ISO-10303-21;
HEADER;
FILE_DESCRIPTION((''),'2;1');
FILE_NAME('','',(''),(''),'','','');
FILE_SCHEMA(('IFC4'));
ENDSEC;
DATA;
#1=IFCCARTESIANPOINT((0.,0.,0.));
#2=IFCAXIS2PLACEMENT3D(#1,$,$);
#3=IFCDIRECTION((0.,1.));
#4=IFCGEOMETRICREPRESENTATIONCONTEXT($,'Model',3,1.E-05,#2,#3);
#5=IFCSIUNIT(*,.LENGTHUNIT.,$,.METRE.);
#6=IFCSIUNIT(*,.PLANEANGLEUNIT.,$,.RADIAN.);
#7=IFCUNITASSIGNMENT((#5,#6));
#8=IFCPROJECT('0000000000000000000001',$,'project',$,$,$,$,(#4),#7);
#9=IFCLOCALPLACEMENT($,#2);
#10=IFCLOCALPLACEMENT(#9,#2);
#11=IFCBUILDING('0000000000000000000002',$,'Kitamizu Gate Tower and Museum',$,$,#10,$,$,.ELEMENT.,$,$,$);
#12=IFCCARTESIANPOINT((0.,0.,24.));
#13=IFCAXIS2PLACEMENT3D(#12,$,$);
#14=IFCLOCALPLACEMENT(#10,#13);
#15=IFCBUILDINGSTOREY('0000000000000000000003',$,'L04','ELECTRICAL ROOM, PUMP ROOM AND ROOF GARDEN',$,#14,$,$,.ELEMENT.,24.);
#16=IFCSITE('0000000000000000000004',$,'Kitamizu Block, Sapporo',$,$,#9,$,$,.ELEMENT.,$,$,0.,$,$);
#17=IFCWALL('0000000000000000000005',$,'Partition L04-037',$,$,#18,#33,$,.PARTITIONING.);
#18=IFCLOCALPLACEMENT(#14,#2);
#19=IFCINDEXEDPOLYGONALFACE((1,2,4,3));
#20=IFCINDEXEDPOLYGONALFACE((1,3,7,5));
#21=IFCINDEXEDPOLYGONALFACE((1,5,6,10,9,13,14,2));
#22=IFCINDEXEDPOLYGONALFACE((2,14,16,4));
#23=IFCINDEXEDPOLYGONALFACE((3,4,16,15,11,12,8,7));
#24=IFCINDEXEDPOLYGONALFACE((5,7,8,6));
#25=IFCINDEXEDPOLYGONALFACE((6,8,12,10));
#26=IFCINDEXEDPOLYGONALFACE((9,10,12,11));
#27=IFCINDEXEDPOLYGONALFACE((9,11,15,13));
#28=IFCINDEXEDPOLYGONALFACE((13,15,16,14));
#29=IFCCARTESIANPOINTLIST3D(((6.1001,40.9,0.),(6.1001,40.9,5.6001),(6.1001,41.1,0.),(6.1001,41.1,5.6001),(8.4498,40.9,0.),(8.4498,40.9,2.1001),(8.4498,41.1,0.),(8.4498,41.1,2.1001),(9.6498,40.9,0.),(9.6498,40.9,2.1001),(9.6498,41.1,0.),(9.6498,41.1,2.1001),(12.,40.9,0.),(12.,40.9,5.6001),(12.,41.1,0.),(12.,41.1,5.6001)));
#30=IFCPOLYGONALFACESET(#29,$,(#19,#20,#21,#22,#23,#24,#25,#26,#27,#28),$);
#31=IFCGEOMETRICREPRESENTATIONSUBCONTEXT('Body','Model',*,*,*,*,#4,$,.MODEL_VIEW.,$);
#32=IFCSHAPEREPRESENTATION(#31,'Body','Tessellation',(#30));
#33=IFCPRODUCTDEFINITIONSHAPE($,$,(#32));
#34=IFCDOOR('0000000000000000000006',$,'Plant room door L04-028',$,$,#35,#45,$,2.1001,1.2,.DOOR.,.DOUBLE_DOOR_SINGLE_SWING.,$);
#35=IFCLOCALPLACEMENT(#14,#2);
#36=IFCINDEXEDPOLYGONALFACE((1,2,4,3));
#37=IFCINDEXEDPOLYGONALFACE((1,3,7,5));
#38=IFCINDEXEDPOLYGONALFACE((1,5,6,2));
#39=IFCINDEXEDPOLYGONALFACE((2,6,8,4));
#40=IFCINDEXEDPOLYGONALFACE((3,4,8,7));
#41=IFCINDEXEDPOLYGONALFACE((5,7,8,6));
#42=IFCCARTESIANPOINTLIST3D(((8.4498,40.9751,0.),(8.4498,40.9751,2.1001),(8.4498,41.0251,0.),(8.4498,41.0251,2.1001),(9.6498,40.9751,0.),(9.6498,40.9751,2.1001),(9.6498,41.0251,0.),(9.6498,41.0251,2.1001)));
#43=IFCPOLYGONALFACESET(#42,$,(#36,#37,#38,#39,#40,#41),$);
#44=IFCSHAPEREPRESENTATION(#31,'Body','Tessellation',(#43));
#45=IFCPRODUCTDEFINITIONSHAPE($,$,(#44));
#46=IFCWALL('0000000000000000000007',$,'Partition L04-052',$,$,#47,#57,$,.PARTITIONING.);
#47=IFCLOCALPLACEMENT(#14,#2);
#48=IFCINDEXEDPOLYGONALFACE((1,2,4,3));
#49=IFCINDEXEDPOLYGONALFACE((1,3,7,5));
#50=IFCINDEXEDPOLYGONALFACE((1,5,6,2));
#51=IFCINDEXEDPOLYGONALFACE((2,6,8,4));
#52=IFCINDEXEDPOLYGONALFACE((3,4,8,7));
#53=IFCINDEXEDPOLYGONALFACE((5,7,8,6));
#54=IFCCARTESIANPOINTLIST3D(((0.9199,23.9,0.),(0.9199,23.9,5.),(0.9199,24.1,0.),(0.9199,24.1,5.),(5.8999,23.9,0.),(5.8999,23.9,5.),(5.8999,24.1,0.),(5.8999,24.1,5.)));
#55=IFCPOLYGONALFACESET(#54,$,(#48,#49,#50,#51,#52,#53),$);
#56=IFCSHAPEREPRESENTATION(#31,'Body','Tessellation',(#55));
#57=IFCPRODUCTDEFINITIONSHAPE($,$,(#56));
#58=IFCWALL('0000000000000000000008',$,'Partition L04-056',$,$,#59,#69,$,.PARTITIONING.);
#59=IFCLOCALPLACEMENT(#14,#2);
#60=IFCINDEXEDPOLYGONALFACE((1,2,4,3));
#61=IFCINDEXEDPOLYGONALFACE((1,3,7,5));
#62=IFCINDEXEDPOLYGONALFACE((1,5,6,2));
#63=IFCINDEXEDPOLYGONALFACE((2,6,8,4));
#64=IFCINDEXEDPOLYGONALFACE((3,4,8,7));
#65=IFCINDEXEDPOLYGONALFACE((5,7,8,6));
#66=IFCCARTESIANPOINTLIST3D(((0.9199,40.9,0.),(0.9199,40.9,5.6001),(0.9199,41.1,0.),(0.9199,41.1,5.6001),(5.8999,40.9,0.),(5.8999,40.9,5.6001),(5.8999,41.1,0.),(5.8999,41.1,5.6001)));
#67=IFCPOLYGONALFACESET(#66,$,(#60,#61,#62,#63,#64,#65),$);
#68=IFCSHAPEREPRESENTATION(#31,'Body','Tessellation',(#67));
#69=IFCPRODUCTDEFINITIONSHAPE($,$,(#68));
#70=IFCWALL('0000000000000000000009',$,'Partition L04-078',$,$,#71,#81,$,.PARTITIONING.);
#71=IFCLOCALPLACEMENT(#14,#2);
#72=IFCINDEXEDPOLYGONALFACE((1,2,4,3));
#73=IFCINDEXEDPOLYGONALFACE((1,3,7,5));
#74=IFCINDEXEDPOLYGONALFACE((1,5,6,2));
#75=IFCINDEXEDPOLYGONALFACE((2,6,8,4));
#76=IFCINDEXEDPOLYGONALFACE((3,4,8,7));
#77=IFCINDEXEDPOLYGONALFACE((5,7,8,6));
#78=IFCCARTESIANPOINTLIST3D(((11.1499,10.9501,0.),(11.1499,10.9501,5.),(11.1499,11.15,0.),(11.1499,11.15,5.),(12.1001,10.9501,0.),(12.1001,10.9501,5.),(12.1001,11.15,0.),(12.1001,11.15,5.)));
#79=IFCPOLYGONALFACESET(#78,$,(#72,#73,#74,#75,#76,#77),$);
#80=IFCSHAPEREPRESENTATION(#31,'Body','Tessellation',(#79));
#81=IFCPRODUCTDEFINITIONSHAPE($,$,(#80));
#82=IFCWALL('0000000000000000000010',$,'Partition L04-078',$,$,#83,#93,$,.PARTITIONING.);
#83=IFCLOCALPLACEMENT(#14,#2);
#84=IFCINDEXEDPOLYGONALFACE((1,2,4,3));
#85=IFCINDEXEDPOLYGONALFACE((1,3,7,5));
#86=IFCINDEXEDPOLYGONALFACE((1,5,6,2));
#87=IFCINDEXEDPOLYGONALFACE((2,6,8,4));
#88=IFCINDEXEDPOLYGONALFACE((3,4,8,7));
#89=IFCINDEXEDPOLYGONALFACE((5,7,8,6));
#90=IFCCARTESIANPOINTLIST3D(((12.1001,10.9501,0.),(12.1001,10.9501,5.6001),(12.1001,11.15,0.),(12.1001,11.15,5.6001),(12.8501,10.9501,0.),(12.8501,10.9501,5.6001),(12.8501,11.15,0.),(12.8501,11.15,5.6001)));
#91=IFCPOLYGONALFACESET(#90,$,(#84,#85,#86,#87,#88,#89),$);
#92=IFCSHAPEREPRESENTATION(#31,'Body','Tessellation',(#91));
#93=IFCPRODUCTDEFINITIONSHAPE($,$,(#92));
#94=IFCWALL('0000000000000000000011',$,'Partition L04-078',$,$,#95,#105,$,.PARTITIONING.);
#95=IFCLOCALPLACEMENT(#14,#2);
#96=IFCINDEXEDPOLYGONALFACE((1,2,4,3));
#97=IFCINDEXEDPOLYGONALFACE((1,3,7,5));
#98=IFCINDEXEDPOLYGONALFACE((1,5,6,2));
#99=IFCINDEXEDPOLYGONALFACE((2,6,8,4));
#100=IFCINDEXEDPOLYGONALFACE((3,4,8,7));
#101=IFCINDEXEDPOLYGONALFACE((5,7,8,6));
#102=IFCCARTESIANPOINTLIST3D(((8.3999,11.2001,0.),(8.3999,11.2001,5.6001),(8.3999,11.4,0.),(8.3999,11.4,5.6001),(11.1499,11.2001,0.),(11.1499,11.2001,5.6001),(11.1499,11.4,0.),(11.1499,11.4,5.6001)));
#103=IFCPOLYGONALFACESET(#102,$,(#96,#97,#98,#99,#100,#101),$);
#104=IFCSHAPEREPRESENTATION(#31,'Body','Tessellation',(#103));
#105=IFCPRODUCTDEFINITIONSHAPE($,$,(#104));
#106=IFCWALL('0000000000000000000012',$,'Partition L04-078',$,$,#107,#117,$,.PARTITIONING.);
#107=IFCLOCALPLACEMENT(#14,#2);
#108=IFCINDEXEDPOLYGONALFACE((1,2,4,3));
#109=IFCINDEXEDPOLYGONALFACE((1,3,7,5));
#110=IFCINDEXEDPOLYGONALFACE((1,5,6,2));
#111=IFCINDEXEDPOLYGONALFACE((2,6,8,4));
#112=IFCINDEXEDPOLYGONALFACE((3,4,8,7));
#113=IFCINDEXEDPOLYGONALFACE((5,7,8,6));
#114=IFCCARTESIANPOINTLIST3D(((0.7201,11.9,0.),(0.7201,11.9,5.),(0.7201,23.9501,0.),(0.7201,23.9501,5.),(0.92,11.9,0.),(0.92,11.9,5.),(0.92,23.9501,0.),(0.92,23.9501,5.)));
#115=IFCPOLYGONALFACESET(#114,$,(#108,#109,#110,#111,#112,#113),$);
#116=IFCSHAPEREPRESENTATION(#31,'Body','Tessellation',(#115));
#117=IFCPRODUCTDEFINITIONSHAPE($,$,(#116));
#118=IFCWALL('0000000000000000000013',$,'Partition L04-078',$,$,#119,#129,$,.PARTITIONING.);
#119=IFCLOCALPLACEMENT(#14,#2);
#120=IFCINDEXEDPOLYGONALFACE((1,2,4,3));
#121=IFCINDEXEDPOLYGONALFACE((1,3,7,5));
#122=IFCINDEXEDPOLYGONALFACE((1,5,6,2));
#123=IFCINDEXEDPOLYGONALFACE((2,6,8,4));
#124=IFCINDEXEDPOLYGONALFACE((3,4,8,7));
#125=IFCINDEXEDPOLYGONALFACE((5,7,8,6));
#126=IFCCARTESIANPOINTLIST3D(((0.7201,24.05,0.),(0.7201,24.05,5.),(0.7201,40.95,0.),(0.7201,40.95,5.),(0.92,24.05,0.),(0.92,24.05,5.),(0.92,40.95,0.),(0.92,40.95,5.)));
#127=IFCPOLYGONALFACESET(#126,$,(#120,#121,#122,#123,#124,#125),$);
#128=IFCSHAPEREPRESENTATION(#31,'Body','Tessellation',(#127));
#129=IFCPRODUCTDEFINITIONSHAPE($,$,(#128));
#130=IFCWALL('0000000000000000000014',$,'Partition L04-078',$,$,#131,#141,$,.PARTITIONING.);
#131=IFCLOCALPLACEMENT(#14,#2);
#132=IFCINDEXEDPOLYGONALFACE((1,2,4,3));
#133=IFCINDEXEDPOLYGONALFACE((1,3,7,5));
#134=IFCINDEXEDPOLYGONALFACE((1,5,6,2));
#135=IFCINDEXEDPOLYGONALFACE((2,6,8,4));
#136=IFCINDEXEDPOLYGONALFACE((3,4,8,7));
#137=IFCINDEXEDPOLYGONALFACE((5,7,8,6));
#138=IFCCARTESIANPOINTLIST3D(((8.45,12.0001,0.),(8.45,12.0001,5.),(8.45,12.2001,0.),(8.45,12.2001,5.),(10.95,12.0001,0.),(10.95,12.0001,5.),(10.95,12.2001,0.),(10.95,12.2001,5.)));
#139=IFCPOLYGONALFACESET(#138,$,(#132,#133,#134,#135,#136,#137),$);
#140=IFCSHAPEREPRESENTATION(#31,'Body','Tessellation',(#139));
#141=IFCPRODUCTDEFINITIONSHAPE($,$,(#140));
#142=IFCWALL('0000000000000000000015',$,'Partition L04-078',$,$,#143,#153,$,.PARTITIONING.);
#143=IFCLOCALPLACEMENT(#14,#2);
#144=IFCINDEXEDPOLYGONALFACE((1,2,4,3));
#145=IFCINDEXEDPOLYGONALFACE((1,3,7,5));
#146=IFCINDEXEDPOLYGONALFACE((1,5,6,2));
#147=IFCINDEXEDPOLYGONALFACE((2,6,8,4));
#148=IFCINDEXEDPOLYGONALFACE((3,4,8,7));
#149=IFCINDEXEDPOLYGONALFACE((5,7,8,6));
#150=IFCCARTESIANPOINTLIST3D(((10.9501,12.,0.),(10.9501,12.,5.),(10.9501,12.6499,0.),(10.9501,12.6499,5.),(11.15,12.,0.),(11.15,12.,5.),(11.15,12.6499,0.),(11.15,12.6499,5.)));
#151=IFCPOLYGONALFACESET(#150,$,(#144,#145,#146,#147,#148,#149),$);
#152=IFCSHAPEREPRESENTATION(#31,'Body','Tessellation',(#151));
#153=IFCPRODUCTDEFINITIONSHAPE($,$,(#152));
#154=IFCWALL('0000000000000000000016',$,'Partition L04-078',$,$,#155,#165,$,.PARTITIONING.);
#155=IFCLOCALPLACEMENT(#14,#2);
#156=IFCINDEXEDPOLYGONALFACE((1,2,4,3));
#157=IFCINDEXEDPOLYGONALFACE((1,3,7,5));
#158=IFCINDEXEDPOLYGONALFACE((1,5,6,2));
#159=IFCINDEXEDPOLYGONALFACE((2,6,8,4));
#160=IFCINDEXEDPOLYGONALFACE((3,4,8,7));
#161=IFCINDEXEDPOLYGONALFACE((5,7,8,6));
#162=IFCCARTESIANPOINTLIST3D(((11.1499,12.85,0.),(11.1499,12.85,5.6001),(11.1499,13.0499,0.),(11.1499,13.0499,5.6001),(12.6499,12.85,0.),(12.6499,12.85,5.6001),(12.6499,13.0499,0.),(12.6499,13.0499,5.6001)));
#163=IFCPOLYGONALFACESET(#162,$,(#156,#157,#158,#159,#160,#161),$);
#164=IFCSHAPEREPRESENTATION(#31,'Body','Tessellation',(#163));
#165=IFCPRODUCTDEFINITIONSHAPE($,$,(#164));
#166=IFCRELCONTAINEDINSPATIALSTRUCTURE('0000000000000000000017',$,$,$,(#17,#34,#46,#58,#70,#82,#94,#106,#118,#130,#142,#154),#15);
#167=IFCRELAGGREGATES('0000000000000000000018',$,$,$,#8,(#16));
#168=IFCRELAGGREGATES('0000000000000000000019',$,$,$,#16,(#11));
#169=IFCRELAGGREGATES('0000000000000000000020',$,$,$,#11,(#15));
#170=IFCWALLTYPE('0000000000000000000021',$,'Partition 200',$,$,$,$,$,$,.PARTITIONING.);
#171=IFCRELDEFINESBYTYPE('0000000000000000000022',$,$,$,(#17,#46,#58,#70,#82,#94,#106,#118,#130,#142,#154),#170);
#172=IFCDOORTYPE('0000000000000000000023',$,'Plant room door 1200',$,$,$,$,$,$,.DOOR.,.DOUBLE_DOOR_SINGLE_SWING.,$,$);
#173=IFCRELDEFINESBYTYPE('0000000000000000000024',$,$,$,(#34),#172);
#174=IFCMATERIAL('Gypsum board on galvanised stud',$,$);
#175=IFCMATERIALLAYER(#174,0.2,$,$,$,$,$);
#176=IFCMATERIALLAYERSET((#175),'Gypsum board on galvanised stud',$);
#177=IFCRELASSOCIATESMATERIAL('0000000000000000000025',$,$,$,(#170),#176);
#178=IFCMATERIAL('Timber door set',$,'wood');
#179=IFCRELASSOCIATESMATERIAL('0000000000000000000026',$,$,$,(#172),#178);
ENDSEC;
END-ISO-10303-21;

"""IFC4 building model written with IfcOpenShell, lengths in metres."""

from ifc_helpers import new_model, si_unit, direction, frame, frame_2d, origin, place, context, subcontext, project, spatial, rectangle, extrude, material, layer, layer_set, type_object, element, fill, save


model = new_model("IFC4")

# Units and contexts
model_context = context("Model", 3, precision=1e-05, world=origin(), true_north=direction((0.0, 1.0)))
body_context = subcontext(model_context, "Body", "Model", "MODEL_VIEW")
ifc_project = project(units=[si_unit("LENGTHUNIT", "METRE"), si_unit("PLANEANGLEUNIT", "RADIAN")], contexts=[model_context])

# Site, building, storey
site_placement = place(None, origin())
site = spatial("IfcSite", under=ifc_project, at=site_placement, Name="Kitamizu Block, Sapporo", CompositionType="ELEMENT", RefElevation=0.0)
building_placement = place(site_placement, origin())
building = spatial("IfcBuilding", under=site, at=building_placement, Name="Kitamizu Gate Tower and Museum", CompositionType="ELEMENT")
storey_placement = place(building_placement, frame((0.0, 0.0, 24.0)))
storey = spatial("IfcBuildingStorey", under=building, at=storey_placement, Name="L04", Description="ELECTRICAL ROOM, PUMP ROOM AND ROOF GARDEN", CompositionType="ELEMENT", Elevation=24.0)

# Shared definitions
ifc_material_1 = material(Name="Gypsum board on galvanised stud")
ifc_layer_1 = layer(ifc_material_1, 0.2)
ifc_layer_set_1 = layer_set([ifc_layer_1], Name="Gypsum board on galvanised stud")
wall_type_1 = type_object("IfcWallType", Name="Partition 200", PredefinedType="PARTITIONING", material=ifc_layer_set_1)
ifc_material_2 = material(Name="Timber door set", Category="wood")
door_type = type_object("IfcDoorType", Name="Plant room door 1200", OperationType="DOUBLE_DOOR_SINGLE_SWING", PredefinedType="DOOR", material=ifc_material_2)

# Wall, opening, door
wall_1_placement = place(storey_placement, frame((12.0, 41.0, 0.0), z_axis=(0.0, 0.0, 1.0), x_axis=(-1.0, 0.0, 0.0)))
wall_1 = element("IfcWall", 1, at=wall_1_placement, inside=storey, type_object=wall_type_1, Name="Partition L04-037", PredefinedType="PARTITIONING", context=body_context, shape_type="SweptSolid", body=[
    extrude(rectangle(XDim=5.8999, YDim=0.2, at=frame_2d((2.95, 0.0))), origin(), (0.0, 0.0, 1.0), 5.6001),
])
opening_1_placement = place(wall_1_placement, frame((2.3501, 0.0, 0.0)))
opening_1 = element("IfcOpeningElement", 2, at=opening_1_placement, cuts=wall_1, PredefinedType="OPENING", context=body_context, shape_type="SweptSolid", body=[
    extrude(rectangle(XDim=1.2, YDim=2.1001, at=frame_2d((0.6001, 1.05))), frame((0.0, 0.1099, 0.0), z_axis=(0.0, -1.0, 0.0), x_axis=(1.0, 0.0, 0.0)), (0.0, 0.0, 1.0), 0.22),
])
door_1_placement = place(opening_1_placement, origin())
door_1 = element("IfcDoor", 3, at=door_1_placement, inside=storey, type_object=door_type, Name="Plant room door L04-028", OperationType="DOUBLE_DOOR_SINGLE_SWING", OverallHeight=2.1001, OverallWidth=1.2, PredefinedType="DOOR", context=body_context, shape_type="SweptSolid", body=[
    extrude(rectangle(XDim=1.2, YDim=2.1001, at=frame_2d((0.6001, 1.05))), frame((0.0, 0.0249, 0.0), z_axis=(0.0, -1.0, 0.0), x_axis=(1.0, 0.0, 0.0)), (0.0, 0.0, 1.0), 0.05),
])
fill(opening_1, door_1)

# Walls
wall_2_placement = place(storey_placement, frame((5.8999, 24.0, 0.0), z_axis=(0.0, 0.0, 1.0), x_axis=(-1.0, 0.0, 0.0)))
element("IfcWall", 4, at=wall_2_placement, inside=storey, type_object=wall_type_1, Name="Partition L04-052", PredefinedType="PARTITIONING", context=body_context, shape_type="SweptSolid", body=[
    extrude(rectangle(XDim=4.98, YDim=0.2, at=frame_2d((2.49, 0.0))), origin(), (0.0, 0.0, 1.0), 5.0),
])
wall_3_placement = place(storey_placement, frame((5.8999, 41.0, 0.0), z_axis=(0.0, 0.0, 1.0), x_axis=(-1.0, 0.0, 0.0)))
element("IfcWall", 5, at=wall_3_placement, inside=storey, type_object=wall_type_1, Name="Partition L04-056", PredefinedType="PARTITIONING", context=body_context, shape_type="SweptSolid", body=[
    extrude(rectangle(XDim=4.98, YDim=0.2, at=frame_2d((2.49, 0.0))), origin(), (0.0, 0.0, 1.0), 5.6001),
])
wall_4_placement = place(storey_placement, frame((11.1499, 11.05, 0.0), z_axis=(0.0, 0.0, 1.0), x_axis=(1.0, 0.0, 0.0)))
element("IfcWall", 6, at=wall_4_placement, inside=storey, type_object=wall_type_1, Name="Partition L04-078", PredefinedType="PARTITIONING", context=body_context, shape_type="SweptSolid", body=[
    extrude(rectangle(XDim=0.9502, YDim=0.2, at=frame_2d((0.4751, 0.0))), origin(), (0.0, 0.0, 1.0), 5.0),
])
wall_5_placement = place(storey_placement, frame((12.1001, 11.05, 0.0), z_axis=(0.0, 0.0, 1.0), x_axis=(1.0, 0.0, 0.0)))
element("IfcWall", 7, at=wall_5_placement, inside=storey, type_object=wall_type_1, Name="Partition L04-078", PredefinedType="PARTITIONING", context=body_context, shape_type="SweptSolid", body=[
    extrude(rectangle(XDim=0.75, YDim=0.2, at=frame_2d((0.375, 0.0))), origin(), (0.0, 0.0, 1.0), 5.6001),
])
wall_6_placement = place(storey_placement, frame((8.3999, 11.3, 0.0), z_axis=(0.0, 0.0, 1.0), x_axis=(1.0, 0.0, 0.0)))
element("IfcWall", 8, at=wall_6_placement, inside=storey, type_object=wall_type_1, Name="Partition L04-078", PredefinedType="PARTITIONING", context=body_context, shape_type="SweptSolid", body=[
    extrude(rectangle(XDim=2.75, YDim=0.2, at=frame_2d((1.375, 0.0))), origin(), (0.0, 0.0, 1.0), 5.6001),
])
wall_7_placement = place(storey_placement, frame((0.8201, 23.95, 0.0), z_axis=(0.0, 0.0, 1.0), x_axis=(0.0, -1.0, 0.0)))
element("IfcWall", 9, at=wall_7_placement, inside=storey, type_object=wall_type_1, Name="Partition L04-078", PredefinedType="PARTITIONING", context=body_context, shape_type="SweptSolid", body=[
    extrude(rectangle(XDim=12.05, YDim=0.2, at=frame_2d((6.0249, 0.0))), origin(), (0.0, 0.0, 1.0), 5.0),
])
wall_8_placement = place(storey_placement, frame((0.8201, 40.95, 0.0), z_axis=(0.0, 0.0, 1.0), x_axis=(0.0, -1.0, 0.0)))
element("IfcWall", 10, at=wall_8_placement, inside=storey, type_object=wall_type_1, Name="Partition L04-078", PredefinedType="PARTITIONING", context=body_context, shape_type="SweptSolid", body=[
    extrude(rectangle(XDim=16.8999, YDim=0.2, at=frame_2d((8.45, 0.0))), origin(), (0.0, 0.0, 1.0), 5.0),
])
wall_9_placement = place(storey_placement, frame((8.45, 12.1001, 0.0), z_axis=(0.0, 0.0, 1.0), x_axis=(1.0, 0.0, 0.0)))
element("IfcWall", 11, at=wall_9_placement, inside=storey, type_object=wall_type_1, Name="Partition L04-078", PredefinedType="PARTITIONING", context=body_context, shape_type="SweptSolid", body=[
    extrude(rectangle(XDim=2.5, YDim=0.2, at=frame_2d((1.25, 0.0))), origin(), (0.0, 0.0, 1.0), 5.0),
])
wall_10_placement = place(storey_placement, frame((11.05, 12.0, 0.0), z_axis=(0.0, 0.0, 1.0), x_axis=(0.0, 1.0, 0.0)))
element("IfcWall", 12, at=wall_10_placement, inside=storey, type_object=wall_type_1, Name="Partition L04-078", PredefinedType="PARTITIONING", context=body_context, shape_type="SweptSolid", body=[
    extrude(rectangle(XDim=0.6499, YDim=0.2, at=frame_2d((0.325, 0.0))), origin(), (0.0, 0.0, 1.0), 5.0),
])
wall_11_placement = place(storey_placement, frame((11.1499, 12.95, 0.0), z_axis=(0.0, 0.0, 1.0), x_axis=(1.0, 0.0, 0.0)))
element("IfcWall", 13, at=wall_11_placement, inside=storey, type_object=wall_type_1, Name="Partition L04-078", PredefinedType="PARTITIONING", context=body_context, shape_type="SweptSolid", body=[
    extrude(rectangle(XDim=1.5, YDim=0.2, at=frame_2d((0.75, 0.0))), origin(), (0.0, 0.0, 1.0), 5.6001),
])

save(model, "model.ifc")
